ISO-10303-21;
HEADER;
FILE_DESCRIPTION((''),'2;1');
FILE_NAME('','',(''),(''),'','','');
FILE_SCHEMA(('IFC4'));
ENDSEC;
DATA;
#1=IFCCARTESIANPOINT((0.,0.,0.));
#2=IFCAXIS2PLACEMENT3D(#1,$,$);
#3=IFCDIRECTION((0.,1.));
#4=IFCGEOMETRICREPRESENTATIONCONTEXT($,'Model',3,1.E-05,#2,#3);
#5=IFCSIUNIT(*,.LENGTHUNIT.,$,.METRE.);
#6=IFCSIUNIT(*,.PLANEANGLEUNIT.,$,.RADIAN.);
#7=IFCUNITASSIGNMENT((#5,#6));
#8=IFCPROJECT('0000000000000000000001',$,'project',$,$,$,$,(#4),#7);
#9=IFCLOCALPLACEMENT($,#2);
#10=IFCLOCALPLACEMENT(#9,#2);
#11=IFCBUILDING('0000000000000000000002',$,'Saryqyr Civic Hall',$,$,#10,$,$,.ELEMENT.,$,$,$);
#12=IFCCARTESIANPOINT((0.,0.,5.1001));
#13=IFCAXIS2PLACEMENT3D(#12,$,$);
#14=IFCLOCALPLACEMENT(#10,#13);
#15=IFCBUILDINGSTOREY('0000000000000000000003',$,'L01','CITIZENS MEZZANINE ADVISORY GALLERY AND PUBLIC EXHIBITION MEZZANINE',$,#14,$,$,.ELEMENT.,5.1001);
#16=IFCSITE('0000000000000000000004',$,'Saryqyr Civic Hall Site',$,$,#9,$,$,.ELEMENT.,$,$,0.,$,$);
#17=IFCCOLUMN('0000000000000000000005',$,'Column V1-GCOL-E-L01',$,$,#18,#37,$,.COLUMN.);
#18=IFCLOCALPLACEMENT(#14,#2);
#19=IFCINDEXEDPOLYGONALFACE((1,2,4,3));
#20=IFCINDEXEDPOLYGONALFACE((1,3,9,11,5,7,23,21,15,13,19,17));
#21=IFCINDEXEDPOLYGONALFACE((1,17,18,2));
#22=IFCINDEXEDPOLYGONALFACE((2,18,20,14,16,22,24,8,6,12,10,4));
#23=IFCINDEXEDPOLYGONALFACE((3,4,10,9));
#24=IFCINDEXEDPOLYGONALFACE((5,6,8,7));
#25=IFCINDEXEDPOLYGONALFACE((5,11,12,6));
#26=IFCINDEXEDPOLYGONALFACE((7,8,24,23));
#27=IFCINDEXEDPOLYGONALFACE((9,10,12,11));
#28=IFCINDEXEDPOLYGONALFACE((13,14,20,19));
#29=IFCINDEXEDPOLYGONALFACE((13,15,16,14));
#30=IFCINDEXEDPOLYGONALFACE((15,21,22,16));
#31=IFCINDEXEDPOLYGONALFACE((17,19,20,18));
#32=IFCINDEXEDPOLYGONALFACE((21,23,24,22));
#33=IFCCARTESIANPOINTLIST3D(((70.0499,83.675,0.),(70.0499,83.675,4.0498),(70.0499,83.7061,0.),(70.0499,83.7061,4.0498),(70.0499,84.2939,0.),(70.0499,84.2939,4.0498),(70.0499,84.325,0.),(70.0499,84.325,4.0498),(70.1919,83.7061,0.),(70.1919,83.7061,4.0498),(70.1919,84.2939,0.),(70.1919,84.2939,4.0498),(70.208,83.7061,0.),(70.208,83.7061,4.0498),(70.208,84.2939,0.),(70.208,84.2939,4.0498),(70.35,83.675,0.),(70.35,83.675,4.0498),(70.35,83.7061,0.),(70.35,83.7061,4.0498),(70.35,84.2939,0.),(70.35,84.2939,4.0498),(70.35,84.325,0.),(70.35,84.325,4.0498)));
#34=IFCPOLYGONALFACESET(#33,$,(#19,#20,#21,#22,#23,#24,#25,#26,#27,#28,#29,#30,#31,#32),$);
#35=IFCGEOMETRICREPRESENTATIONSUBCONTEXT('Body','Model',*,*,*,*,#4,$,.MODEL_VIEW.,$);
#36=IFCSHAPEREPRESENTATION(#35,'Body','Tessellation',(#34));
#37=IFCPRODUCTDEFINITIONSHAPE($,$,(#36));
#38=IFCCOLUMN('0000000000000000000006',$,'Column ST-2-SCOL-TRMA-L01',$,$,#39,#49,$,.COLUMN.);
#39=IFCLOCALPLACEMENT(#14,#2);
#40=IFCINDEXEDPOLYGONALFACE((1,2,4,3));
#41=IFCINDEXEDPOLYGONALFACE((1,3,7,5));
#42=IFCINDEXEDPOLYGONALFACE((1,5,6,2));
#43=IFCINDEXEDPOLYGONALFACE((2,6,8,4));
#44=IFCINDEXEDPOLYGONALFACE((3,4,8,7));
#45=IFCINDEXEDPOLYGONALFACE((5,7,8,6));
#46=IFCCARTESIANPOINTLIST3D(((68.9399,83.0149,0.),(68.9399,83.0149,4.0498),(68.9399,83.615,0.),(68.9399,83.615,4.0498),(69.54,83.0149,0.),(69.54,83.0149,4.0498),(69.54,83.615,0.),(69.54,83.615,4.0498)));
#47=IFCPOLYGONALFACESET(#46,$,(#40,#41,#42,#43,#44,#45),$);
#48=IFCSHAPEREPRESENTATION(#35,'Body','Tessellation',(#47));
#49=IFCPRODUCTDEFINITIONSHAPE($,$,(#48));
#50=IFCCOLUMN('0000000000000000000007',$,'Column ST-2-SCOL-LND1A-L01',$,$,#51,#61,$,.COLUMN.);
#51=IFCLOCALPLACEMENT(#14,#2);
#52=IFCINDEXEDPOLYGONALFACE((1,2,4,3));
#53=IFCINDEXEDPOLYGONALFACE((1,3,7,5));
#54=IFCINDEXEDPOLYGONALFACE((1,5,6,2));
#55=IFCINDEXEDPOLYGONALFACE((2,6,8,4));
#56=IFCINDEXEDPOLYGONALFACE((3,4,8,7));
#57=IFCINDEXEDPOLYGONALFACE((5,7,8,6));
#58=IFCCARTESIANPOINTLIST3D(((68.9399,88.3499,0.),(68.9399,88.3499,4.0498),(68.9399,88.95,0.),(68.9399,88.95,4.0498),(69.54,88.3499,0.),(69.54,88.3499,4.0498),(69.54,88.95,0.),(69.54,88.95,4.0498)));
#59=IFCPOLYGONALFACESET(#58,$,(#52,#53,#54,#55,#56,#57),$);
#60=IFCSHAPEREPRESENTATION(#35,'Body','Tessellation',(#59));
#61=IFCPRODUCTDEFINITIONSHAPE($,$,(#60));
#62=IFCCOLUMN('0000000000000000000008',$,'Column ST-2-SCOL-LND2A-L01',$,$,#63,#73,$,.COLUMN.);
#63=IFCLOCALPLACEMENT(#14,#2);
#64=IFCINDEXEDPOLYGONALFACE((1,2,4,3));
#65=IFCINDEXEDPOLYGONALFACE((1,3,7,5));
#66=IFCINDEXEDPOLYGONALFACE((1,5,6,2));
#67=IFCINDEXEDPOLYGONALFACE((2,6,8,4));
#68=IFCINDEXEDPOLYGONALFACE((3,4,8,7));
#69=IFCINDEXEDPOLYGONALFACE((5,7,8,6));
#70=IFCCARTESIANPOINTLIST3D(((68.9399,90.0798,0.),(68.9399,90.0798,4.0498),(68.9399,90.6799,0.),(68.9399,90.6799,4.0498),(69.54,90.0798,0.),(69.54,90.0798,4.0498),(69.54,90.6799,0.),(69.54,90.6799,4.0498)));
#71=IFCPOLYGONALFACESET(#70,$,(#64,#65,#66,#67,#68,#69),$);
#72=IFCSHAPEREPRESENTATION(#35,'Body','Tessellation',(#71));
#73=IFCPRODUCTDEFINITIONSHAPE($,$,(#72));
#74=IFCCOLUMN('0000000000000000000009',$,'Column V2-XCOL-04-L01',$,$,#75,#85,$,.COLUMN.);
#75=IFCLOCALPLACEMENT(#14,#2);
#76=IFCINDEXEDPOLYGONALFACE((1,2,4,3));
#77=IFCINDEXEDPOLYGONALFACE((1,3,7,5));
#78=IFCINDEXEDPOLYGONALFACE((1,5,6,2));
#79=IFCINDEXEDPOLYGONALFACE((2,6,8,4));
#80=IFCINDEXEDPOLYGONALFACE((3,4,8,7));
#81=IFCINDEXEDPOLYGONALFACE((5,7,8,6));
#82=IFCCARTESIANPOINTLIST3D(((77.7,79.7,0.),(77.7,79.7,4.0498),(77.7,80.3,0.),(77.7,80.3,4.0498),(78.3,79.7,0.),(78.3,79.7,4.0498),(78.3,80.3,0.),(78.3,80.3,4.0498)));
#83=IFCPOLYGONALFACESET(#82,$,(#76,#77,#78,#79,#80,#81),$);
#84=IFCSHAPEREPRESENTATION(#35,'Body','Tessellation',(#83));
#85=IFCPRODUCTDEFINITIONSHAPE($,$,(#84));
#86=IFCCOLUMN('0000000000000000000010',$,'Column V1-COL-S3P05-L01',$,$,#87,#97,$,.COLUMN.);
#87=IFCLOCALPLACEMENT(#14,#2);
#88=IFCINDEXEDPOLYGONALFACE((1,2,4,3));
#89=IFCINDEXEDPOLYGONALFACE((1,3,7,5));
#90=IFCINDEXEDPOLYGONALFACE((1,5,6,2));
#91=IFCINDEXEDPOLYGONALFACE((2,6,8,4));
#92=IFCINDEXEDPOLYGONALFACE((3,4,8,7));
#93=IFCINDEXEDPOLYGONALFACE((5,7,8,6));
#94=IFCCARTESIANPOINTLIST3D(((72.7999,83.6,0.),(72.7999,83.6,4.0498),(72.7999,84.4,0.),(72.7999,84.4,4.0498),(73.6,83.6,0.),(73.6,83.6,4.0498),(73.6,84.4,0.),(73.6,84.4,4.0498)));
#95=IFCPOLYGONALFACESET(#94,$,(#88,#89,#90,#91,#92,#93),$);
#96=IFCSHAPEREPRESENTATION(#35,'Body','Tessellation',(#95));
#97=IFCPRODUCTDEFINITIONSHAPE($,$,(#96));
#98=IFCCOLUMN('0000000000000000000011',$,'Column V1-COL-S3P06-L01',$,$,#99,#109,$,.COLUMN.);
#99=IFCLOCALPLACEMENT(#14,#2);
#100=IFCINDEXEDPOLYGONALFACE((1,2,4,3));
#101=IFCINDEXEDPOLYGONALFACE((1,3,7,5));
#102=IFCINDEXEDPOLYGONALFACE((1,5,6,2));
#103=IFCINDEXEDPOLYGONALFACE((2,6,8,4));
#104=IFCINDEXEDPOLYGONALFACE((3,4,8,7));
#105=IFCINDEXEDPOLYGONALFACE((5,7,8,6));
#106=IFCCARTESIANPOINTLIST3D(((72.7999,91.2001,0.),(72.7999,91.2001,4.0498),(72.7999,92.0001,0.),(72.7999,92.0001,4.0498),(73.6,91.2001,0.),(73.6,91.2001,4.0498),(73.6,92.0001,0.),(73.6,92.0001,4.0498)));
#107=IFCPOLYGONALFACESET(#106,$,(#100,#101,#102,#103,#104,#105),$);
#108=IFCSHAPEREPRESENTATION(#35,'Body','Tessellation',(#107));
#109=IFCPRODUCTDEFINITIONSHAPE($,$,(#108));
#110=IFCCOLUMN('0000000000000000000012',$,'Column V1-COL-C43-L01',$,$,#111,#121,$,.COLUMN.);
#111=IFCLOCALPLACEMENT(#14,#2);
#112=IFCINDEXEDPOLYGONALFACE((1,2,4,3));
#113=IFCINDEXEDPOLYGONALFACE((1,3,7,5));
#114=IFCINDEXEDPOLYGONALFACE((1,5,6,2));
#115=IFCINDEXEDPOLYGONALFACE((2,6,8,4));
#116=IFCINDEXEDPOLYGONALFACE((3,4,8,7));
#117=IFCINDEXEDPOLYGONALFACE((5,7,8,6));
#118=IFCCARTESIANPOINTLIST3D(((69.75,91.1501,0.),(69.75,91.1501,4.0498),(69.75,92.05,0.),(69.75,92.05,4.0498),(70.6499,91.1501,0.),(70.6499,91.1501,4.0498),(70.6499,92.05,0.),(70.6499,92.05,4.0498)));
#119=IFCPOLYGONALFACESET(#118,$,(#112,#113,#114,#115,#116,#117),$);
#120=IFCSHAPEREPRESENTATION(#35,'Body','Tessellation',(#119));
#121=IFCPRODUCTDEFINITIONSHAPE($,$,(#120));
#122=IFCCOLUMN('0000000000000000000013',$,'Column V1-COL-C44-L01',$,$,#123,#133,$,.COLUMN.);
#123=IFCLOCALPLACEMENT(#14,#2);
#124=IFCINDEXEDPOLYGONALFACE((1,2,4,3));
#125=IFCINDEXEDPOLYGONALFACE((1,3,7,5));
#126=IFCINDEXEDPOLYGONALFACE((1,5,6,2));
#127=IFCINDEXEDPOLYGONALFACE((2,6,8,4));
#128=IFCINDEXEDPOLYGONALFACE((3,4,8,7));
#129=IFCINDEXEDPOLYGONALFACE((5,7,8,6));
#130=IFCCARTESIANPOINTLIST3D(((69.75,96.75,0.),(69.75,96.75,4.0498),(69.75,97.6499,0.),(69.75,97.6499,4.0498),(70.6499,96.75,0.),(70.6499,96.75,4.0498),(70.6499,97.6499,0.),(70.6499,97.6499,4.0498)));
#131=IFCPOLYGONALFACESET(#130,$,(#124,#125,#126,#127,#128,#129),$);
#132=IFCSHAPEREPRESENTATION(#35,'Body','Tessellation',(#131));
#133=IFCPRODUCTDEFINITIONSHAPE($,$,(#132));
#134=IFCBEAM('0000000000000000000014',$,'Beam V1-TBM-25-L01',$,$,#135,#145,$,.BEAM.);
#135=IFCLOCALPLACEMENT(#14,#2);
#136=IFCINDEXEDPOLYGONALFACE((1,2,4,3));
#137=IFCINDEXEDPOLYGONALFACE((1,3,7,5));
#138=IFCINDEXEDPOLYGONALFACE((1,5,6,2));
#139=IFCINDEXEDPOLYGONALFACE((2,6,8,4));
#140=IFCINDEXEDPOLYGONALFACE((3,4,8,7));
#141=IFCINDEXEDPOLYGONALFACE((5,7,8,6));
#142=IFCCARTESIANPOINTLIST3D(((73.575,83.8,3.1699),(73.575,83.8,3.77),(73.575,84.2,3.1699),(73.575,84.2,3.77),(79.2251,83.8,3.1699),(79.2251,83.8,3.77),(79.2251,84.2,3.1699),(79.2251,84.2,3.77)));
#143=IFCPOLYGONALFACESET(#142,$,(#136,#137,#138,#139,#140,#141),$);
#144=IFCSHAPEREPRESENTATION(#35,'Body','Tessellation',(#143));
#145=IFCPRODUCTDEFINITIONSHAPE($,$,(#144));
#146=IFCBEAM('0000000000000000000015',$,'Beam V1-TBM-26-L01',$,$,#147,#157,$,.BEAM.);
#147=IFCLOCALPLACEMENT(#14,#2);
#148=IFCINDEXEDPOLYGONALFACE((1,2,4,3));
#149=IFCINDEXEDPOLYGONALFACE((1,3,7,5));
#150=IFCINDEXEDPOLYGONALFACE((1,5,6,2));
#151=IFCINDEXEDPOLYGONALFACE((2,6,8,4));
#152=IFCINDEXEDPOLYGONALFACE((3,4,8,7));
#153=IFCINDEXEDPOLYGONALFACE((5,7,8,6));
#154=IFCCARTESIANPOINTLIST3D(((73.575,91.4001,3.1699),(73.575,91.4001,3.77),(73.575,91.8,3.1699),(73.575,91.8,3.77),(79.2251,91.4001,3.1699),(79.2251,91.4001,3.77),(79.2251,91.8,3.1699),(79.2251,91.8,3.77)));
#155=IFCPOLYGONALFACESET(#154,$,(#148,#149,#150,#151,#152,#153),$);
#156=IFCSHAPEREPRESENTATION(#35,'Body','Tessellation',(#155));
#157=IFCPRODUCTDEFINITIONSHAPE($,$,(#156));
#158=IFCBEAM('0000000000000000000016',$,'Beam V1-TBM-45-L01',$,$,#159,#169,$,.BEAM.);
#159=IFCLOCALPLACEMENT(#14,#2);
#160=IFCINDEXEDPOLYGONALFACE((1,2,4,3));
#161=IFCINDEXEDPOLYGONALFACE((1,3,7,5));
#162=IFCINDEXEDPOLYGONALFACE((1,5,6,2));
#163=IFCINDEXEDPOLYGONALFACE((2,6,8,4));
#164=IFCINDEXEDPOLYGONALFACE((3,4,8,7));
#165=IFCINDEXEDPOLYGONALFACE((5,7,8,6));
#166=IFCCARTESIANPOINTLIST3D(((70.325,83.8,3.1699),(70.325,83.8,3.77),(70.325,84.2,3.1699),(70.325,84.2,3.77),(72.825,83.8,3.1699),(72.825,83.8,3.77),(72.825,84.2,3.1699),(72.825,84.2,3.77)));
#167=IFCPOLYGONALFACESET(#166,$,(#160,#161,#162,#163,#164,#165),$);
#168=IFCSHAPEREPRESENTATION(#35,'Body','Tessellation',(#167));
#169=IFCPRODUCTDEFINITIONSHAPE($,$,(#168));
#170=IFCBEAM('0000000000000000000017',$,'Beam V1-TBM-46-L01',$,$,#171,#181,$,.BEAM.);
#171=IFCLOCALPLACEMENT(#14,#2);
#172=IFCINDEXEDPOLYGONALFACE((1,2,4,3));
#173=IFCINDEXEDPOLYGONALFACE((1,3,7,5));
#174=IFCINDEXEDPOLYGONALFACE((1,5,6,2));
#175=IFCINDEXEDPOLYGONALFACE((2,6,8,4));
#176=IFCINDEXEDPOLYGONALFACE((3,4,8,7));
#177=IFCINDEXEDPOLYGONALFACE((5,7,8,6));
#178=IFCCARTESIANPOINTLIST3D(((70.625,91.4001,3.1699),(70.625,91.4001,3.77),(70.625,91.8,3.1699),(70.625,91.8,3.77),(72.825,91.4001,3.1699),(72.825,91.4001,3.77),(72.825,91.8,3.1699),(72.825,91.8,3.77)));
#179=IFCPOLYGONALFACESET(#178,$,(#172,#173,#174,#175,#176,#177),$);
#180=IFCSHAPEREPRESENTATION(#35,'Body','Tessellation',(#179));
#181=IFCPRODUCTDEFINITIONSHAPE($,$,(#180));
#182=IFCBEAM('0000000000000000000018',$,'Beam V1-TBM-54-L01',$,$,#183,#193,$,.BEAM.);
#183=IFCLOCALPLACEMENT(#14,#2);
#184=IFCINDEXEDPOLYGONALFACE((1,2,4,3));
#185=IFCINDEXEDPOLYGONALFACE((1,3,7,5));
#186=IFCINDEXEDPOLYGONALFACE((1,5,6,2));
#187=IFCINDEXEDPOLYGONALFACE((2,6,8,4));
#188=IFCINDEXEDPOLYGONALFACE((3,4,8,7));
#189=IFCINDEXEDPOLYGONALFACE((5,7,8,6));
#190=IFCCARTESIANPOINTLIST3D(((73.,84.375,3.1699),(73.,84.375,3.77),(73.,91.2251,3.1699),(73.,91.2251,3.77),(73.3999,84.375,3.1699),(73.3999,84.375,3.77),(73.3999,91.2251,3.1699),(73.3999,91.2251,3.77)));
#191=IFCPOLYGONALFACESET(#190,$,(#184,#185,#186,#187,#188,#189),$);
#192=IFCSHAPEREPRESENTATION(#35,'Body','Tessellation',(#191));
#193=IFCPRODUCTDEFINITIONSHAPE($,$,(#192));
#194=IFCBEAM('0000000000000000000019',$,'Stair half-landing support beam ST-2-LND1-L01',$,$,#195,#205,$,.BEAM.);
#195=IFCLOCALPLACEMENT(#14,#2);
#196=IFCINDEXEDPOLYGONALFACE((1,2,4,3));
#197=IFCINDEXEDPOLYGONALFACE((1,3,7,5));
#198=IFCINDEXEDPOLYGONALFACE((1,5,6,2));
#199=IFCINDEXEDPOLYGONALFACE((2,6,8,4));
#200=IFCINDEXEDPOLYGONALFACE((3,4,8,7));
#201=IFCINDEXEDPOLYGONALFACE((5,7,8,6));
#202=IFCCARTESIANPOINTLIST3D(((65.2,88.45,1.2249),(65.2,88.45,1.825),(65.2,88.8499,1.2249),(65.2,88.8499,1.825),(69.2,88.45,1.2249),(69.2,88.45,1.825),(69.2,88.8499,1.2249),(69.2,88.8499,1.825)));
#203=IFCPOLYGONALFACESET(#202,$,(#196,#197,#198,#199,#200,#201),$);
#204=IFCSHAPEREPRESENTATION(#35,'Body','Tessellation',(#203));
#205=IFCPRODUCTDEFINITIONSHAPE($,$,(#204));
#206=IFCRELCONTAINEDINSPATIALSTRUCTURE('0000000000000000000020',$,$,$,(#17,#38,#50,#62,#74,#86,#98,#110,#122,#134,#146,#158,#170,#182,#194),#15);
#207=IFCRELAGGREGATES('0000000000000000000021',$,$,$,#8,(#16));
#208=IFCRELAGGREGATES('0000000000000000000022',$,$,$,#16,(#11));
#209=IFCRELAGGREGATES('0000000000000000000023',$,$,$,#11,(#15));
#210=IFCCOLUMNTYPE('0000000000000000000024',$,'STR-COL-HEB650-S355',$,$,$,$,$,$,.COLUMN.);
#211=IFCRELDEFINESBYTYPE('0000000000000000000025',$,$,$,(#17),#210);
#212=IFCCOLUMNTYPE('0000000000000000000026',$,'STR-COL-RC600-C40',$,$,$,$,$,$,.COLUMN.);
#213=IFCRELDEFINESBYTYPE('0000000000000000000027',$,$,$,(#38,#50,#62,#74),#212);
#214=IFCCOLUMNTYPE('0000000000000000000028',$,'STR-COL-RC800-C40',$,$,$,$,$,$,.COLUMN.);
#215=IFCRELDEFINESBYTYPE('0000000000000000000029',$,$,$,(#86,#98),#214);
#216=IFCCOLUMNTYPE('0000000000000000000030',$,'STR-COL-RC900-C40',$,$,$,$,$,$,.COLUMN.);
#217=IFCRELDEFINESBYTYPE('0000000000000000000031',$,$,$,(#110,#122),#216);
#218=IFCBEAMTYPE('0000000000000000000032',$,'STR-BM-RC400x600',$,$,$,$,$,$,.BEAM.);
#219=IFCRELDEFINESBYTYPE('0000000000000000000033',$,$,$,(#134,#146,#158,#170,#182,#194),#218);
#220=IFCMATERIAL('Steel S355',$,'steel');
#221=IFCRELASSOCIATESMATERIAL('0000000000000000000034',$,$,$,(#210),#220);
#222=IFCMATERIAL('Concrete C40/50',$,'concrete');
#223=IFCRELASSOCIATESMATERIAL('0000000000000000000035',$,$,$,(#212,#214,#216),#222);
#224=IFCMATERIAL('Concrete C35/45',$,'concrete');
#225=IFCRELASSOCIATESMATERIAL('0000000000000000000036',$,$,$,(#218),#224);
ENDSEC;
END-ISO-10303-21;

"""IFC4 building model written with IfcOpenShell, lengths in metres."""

from ifc_helpers import new_model, si_unit, direction, frame, origin, origin_2d, place, context, subcontext, project, spatial, rectangle, i_section, extrude, material, material_profile, profile_set, type_object, element, save


model = new_model("IFC4")

# Units and contexts
model_context = context("Model", 3, precision=1e-05, world=origin(), true_north=direction((0.0, 1.0)))
body_context = subcontext(model_context, "Body", "Model", "MODEL_VIEW")
ifc_project = project(units=[si_unit("LENGTHUNIT", "METRE"), si_unit("PLANEANGLEUNIT", "RADIAN")], contexts=[model_context])

# Site, building, storey
site_placement = place(None, origin())
site = spatial("IfcSite", under=ifc_project, at=site_placement, Name="Saryqyr Civic Hall Site", CompositionType="ELEMENT", RefElevation=0.0)
building_placement = place(site_placement, origin())
building = spatial("IfcBuilding", under=site, at=building_placement, Name="Saryqyr Civic Hall", CompositionType="ELEMENT")
storey_placement = place(building_placement, frame((0.0, 0.0, 5.1001)))
storey = spatial("IfcBuildingStorey", under=building, at=storey_placement, Name="L01", Description="CITIZENS MEZZANINE ADVISORY GALLERY AND PUBLIC EXHIBITION MEZZANINE", CompositionType="ELEMENT", Elevation=5.1001)

# Columns
ifc_material_1 = material(Name="Steel S355", Category="steel")
ifc_material_profile_1 = material_profile(ifc_material_1, i_section(OverallWidth=0.3, OverallDepth=0.6499, WebThickness=0.0161, FlangeThickness=0.031, at=origin_2d()), Name="HEB 650")
ifc_profile_set_1 = profile_set([ifc_material_profile_1], Name="Steel S355")
column_type_1 = type_object("IfcColumnType", Name="STR-COL-HEB650-S355", PredefinedType="COLUMN", material=ifc_profile_set_1)
column_placement = place(storey_placement, frame((70.2, 84.0, 0.0), z_axis=(0.0, 0.0, 1.0), x_axis=(1.0, 0.0, 0.0)))
element("IfcColumn", 1, at=column_placement, inside=storey, type_object=column_type_1, Name="Column V1-GCOL-E-L01", PredefinedType="COLUMN", context=body_context, shape_type="SweptSolid", body=[
    extrude(i_section(OverallWidth=0.3, OverallDepth=0.6499, WebThickness=0.0161, FlangeThickness=0.031, at=origin_2d()), origin(), (0.0, 0.0, 1.0), 4.0498),
])
ifc_material_2 = material(Name="Concrete C40/50", Category="concrete")
ifc_material_profile_2 = material_profile(ifc_material_2, rectangle(XDim=0.6001, YDim=0.6001, at=origin_2d()), Name="RC 600x600")
ifc_profile_set_2 = profile_set([ifc_material_profile_2], Name="Concrete C40/50")
column_type_2 = type_object("IfcColumnType", Name="STR-COL-RC600-C40", PredefinedType="COLUMN", material=ifc_profile_set_2)
for number, where, z_axis, x_axis, name in (
    (2, (69.24, 83.3149, 0.0), (0.0, 0.0, 1.0), (1.0, 0.0, 0.0), "Column ST-2-SCOL-TRMA-L01"),
    (3, (69.24, 88.6499, 0.0), (0.0, 0.0, 1.0), (1.0, 0.0, 0.0), "Column ST-2-SCOL-LND1A-L01"),
    (4, (69.24, 90.3799, 0.0), (0.0, 0.0, 1.0), (1.0, 0.0, 0.0), "Column ST-2-SCOL-LND2A-L01"),
    (5, (78.0, 80.0, 0.0), (0.0, 0.0, 1.0), (1.0, 0.0, 0.0), "Column V2-XCOL-04-L01"),
):
    element("IfcColumn", number, at=place(storey_placement, frame(where, z_axis=z_axis, x_axis=x_axis)), inside=storey, type_object=column_type_2, Name=name, PredefinedType="COLUMN", context=body_context, shape_type="SweptSolid", body=[
        extrude(rectangle(XDim=0.6001, YDim=0.6001, at=origin_2d()), origin(), (0.0, 0.0, 1.0), 4.0498),
    ])
ifc_material_profile_3 = material_profile(ifc_material_2, rectangle(XDim=0.8, YDim=0.8, at=origin_2d()), Name="RC 800x800")
ifc_profile_set_3 = profile_set([ifc_material_profile_3], Name="Concrete C40/50")
column_type_3 = type_object("IfcColumnType", Name="STR-COL-RC800-C40", PredefinedType="COLUMN", material=ifc_profile_set_3)
for number, where, z_axis, x_axis, name in (
    (6, (73.2, 84.0, 0.0), (0.0, 0.0, 1.0), (1.0, 0.0, 0.0), "Column V1-COL-S3P05-L01"),
    (7, (73.2, 91.6001, 0.0), (0.0, 0.0, 1.0), (1.0, 0.0, 0.0), "Column V1-COL-S3P06-L01"),
):
    element("IfcColumn", number, at=place(storey_placement, frame(where, z_axis=z_axis, x_axis=x_axis)), inside=storey, type_object=column_type_3, Name=name, PredefinedType="COLUMN", context=body_context, shape_type="SweptSolid", body=[
        extrude(rectangle(XDim=0.8, YDim=0.8, at=origin_2d()), origin(), (0.0, 0.0, 1.0), 4.0498),
    ])
ifc_material_profile_4 = material_profile(ifc_material_2, rectangle(XDim=0.8999, YDim=0.8999, at=origin_2d()), Name="RC 900x900")
ifc_profile_set_4 = profile_set([ifc_material_profile_4], Name="Concrete C40/50")
column_type_4 = type_object("IfcColumnType", Name="STR-COL-RC900-C40", PredefinedType="COLUMN", material=ifc_profile_set_4)
for number, where, z_axis, x_axis, name in (
    (8, (70.2, 91.6001, 0.0), (0.0, 0.0, 1.0), (1.0, 0.0, 0.0), "Column V1-COL-C43-L01"),
    (9, (70.2, 97.2, 0.0), (0.0, 0.0, 1.0), (1.0, 0.0, 0.0), "Column V1-COL-C44-L01"),
):
    element("IfcColumn", number, at=place(storey_placement, frame(where, z_axis=z_axis, x_axis=x_axis)), inside=storey, type_object=column_type_4, Name=name, PredefinedType="COLUMN", context=body_context, shape_type="SweptSolid", body=[
        extrude(rectangle(XDim=0.8999, YDim=0.8999, at=origin_2d()), origin(), (0.0, 0.0, 1.0), 4.0498),
    ])

# Beams
ifc_material_3 = material(Name="Concrete C35/45", Category="concrete")
ifc_material_profile_5 = material_profile(ifc_material_3, rectangle(XDim=0.3999, YDim=0.6001, at=origin_2d()), Name="RC 400x600")
ifc_profile_set_5 = profile_set([ifc_material_profile_5], Name="Concrete C35/45")
beam_type_1 = type_object("IfcBeamType", Name="STR-BM-RC400x600", PredefinedType="BEAM", material=ifc_profile_set_5)
for number, where, z_axis, x_axis, name in (
    (10, (73.575, 84.0, 3.47), (1.0, 0.0, 0.0), (0.0, 1.0, 0.0), "Beam V1-TBM-25-L01"),
    (11, (73.575, 91.6001, 3.47), (1.0, 0.0, 0.0), (0.0, 1.0, 0.0), "Beam V1-TBM-26-L01"),
):
    element("IfcBeam", number, at=place(storey_placement, frame(where, z_axis=z_axis, x_axis=x_axis)), inside=storey, type_object=beam_type_1, Name=name, PredefinedType="BEAM", context=body_context, shape_type="SweptSolid", body=[
        extrude(rectangle(XDim=0.3999, YDim=0.6001, at=origin_2d()), origin(), (0.0, 0.0, 1.0), 5.6501),
    ])
beam_1_placement = place(storey_placement, frame((70.325, 84.0, 3.47), z_axis=(1.0, 0.0, 0.0), x_axis=(0.0, 1.0, 0.0)))
element("IfcBeam", 12, at=beam_1_placement, inside=storey, type_object=beam_type_1, Name="Beam V1-TBM-45-L01", PredefinedType="BEAM", context=body_context, shape_type="SweptSolid", body=[
    extrude(rectangle(XDim=0.3999, YDim=0.6001, at=origin_2d()), origin(), (0.0, 0.0, 1.0), 2.5),
])
beam_2_placement = place(storey_placement, frame((70.625, 91.6001, 3.47), z_axis=(1.0, 0.0, 0.0), x_axis=(0.0, 1.0, 0.0)))
element("IfcBeam", 13, at=beam_2_placement, inside=storey, type_object=beam_type_1, Name="Beam V1-TBM-46-L01", PredefinedType="BEAM", context=body_context, shape_type="SweptSolid", body=[
    extrude(rectangle(XDim=0.3999, YDim=0.6001, at=origin_2d()), origin(), (0.0, 0.0, 1.0), 2.2),
])
beam_3_placement = place(storey_placement, frame((73.2, 84.375, 3.47), z_axis=(0.0, 1.0, 0.0), x_axis=(-1.0, 0.0, 0.0)))
element("IfcBeam", 14, at=beam_3_placement, inside=storey, type_object=beam_type_1, Name="Beam V1-TBM-54-L01", PredefinedType="BEAM", context=body_context, shape_type="SweptSolid", body=[
    extrude(rectangle(XDim=0.3999, YDim=0.6001, at=origin_2d()), origin(), (0.0, 0.0, 1.0), 6.8501),
])
for number, where, z_axis, x_axis, name in (
    (15, (69.2, 88.6499, 1.5249), (-1.0, 0.0, 0.0), (0.0, -1.0, 0.0), "Stair half-landing support beam ST-2-LND1-L01"),
):
    element("IfcBeam", number, at=place(storey_placement, frame(where, z_axis=z_axis, x_axis=x_axis)), inside=storey, type_object=beam_type_1, Name=name, PredefinedType="BEAM", context=body_context, shape_type="SweptSolid", body=[
        extrude(rectangle(XDim=0.3999, YDim=0.6001, at=origin_2d()), origin(), (0.0, 0.0, 1.0), 4.0),
    ])

save(model, "model.ifc")
